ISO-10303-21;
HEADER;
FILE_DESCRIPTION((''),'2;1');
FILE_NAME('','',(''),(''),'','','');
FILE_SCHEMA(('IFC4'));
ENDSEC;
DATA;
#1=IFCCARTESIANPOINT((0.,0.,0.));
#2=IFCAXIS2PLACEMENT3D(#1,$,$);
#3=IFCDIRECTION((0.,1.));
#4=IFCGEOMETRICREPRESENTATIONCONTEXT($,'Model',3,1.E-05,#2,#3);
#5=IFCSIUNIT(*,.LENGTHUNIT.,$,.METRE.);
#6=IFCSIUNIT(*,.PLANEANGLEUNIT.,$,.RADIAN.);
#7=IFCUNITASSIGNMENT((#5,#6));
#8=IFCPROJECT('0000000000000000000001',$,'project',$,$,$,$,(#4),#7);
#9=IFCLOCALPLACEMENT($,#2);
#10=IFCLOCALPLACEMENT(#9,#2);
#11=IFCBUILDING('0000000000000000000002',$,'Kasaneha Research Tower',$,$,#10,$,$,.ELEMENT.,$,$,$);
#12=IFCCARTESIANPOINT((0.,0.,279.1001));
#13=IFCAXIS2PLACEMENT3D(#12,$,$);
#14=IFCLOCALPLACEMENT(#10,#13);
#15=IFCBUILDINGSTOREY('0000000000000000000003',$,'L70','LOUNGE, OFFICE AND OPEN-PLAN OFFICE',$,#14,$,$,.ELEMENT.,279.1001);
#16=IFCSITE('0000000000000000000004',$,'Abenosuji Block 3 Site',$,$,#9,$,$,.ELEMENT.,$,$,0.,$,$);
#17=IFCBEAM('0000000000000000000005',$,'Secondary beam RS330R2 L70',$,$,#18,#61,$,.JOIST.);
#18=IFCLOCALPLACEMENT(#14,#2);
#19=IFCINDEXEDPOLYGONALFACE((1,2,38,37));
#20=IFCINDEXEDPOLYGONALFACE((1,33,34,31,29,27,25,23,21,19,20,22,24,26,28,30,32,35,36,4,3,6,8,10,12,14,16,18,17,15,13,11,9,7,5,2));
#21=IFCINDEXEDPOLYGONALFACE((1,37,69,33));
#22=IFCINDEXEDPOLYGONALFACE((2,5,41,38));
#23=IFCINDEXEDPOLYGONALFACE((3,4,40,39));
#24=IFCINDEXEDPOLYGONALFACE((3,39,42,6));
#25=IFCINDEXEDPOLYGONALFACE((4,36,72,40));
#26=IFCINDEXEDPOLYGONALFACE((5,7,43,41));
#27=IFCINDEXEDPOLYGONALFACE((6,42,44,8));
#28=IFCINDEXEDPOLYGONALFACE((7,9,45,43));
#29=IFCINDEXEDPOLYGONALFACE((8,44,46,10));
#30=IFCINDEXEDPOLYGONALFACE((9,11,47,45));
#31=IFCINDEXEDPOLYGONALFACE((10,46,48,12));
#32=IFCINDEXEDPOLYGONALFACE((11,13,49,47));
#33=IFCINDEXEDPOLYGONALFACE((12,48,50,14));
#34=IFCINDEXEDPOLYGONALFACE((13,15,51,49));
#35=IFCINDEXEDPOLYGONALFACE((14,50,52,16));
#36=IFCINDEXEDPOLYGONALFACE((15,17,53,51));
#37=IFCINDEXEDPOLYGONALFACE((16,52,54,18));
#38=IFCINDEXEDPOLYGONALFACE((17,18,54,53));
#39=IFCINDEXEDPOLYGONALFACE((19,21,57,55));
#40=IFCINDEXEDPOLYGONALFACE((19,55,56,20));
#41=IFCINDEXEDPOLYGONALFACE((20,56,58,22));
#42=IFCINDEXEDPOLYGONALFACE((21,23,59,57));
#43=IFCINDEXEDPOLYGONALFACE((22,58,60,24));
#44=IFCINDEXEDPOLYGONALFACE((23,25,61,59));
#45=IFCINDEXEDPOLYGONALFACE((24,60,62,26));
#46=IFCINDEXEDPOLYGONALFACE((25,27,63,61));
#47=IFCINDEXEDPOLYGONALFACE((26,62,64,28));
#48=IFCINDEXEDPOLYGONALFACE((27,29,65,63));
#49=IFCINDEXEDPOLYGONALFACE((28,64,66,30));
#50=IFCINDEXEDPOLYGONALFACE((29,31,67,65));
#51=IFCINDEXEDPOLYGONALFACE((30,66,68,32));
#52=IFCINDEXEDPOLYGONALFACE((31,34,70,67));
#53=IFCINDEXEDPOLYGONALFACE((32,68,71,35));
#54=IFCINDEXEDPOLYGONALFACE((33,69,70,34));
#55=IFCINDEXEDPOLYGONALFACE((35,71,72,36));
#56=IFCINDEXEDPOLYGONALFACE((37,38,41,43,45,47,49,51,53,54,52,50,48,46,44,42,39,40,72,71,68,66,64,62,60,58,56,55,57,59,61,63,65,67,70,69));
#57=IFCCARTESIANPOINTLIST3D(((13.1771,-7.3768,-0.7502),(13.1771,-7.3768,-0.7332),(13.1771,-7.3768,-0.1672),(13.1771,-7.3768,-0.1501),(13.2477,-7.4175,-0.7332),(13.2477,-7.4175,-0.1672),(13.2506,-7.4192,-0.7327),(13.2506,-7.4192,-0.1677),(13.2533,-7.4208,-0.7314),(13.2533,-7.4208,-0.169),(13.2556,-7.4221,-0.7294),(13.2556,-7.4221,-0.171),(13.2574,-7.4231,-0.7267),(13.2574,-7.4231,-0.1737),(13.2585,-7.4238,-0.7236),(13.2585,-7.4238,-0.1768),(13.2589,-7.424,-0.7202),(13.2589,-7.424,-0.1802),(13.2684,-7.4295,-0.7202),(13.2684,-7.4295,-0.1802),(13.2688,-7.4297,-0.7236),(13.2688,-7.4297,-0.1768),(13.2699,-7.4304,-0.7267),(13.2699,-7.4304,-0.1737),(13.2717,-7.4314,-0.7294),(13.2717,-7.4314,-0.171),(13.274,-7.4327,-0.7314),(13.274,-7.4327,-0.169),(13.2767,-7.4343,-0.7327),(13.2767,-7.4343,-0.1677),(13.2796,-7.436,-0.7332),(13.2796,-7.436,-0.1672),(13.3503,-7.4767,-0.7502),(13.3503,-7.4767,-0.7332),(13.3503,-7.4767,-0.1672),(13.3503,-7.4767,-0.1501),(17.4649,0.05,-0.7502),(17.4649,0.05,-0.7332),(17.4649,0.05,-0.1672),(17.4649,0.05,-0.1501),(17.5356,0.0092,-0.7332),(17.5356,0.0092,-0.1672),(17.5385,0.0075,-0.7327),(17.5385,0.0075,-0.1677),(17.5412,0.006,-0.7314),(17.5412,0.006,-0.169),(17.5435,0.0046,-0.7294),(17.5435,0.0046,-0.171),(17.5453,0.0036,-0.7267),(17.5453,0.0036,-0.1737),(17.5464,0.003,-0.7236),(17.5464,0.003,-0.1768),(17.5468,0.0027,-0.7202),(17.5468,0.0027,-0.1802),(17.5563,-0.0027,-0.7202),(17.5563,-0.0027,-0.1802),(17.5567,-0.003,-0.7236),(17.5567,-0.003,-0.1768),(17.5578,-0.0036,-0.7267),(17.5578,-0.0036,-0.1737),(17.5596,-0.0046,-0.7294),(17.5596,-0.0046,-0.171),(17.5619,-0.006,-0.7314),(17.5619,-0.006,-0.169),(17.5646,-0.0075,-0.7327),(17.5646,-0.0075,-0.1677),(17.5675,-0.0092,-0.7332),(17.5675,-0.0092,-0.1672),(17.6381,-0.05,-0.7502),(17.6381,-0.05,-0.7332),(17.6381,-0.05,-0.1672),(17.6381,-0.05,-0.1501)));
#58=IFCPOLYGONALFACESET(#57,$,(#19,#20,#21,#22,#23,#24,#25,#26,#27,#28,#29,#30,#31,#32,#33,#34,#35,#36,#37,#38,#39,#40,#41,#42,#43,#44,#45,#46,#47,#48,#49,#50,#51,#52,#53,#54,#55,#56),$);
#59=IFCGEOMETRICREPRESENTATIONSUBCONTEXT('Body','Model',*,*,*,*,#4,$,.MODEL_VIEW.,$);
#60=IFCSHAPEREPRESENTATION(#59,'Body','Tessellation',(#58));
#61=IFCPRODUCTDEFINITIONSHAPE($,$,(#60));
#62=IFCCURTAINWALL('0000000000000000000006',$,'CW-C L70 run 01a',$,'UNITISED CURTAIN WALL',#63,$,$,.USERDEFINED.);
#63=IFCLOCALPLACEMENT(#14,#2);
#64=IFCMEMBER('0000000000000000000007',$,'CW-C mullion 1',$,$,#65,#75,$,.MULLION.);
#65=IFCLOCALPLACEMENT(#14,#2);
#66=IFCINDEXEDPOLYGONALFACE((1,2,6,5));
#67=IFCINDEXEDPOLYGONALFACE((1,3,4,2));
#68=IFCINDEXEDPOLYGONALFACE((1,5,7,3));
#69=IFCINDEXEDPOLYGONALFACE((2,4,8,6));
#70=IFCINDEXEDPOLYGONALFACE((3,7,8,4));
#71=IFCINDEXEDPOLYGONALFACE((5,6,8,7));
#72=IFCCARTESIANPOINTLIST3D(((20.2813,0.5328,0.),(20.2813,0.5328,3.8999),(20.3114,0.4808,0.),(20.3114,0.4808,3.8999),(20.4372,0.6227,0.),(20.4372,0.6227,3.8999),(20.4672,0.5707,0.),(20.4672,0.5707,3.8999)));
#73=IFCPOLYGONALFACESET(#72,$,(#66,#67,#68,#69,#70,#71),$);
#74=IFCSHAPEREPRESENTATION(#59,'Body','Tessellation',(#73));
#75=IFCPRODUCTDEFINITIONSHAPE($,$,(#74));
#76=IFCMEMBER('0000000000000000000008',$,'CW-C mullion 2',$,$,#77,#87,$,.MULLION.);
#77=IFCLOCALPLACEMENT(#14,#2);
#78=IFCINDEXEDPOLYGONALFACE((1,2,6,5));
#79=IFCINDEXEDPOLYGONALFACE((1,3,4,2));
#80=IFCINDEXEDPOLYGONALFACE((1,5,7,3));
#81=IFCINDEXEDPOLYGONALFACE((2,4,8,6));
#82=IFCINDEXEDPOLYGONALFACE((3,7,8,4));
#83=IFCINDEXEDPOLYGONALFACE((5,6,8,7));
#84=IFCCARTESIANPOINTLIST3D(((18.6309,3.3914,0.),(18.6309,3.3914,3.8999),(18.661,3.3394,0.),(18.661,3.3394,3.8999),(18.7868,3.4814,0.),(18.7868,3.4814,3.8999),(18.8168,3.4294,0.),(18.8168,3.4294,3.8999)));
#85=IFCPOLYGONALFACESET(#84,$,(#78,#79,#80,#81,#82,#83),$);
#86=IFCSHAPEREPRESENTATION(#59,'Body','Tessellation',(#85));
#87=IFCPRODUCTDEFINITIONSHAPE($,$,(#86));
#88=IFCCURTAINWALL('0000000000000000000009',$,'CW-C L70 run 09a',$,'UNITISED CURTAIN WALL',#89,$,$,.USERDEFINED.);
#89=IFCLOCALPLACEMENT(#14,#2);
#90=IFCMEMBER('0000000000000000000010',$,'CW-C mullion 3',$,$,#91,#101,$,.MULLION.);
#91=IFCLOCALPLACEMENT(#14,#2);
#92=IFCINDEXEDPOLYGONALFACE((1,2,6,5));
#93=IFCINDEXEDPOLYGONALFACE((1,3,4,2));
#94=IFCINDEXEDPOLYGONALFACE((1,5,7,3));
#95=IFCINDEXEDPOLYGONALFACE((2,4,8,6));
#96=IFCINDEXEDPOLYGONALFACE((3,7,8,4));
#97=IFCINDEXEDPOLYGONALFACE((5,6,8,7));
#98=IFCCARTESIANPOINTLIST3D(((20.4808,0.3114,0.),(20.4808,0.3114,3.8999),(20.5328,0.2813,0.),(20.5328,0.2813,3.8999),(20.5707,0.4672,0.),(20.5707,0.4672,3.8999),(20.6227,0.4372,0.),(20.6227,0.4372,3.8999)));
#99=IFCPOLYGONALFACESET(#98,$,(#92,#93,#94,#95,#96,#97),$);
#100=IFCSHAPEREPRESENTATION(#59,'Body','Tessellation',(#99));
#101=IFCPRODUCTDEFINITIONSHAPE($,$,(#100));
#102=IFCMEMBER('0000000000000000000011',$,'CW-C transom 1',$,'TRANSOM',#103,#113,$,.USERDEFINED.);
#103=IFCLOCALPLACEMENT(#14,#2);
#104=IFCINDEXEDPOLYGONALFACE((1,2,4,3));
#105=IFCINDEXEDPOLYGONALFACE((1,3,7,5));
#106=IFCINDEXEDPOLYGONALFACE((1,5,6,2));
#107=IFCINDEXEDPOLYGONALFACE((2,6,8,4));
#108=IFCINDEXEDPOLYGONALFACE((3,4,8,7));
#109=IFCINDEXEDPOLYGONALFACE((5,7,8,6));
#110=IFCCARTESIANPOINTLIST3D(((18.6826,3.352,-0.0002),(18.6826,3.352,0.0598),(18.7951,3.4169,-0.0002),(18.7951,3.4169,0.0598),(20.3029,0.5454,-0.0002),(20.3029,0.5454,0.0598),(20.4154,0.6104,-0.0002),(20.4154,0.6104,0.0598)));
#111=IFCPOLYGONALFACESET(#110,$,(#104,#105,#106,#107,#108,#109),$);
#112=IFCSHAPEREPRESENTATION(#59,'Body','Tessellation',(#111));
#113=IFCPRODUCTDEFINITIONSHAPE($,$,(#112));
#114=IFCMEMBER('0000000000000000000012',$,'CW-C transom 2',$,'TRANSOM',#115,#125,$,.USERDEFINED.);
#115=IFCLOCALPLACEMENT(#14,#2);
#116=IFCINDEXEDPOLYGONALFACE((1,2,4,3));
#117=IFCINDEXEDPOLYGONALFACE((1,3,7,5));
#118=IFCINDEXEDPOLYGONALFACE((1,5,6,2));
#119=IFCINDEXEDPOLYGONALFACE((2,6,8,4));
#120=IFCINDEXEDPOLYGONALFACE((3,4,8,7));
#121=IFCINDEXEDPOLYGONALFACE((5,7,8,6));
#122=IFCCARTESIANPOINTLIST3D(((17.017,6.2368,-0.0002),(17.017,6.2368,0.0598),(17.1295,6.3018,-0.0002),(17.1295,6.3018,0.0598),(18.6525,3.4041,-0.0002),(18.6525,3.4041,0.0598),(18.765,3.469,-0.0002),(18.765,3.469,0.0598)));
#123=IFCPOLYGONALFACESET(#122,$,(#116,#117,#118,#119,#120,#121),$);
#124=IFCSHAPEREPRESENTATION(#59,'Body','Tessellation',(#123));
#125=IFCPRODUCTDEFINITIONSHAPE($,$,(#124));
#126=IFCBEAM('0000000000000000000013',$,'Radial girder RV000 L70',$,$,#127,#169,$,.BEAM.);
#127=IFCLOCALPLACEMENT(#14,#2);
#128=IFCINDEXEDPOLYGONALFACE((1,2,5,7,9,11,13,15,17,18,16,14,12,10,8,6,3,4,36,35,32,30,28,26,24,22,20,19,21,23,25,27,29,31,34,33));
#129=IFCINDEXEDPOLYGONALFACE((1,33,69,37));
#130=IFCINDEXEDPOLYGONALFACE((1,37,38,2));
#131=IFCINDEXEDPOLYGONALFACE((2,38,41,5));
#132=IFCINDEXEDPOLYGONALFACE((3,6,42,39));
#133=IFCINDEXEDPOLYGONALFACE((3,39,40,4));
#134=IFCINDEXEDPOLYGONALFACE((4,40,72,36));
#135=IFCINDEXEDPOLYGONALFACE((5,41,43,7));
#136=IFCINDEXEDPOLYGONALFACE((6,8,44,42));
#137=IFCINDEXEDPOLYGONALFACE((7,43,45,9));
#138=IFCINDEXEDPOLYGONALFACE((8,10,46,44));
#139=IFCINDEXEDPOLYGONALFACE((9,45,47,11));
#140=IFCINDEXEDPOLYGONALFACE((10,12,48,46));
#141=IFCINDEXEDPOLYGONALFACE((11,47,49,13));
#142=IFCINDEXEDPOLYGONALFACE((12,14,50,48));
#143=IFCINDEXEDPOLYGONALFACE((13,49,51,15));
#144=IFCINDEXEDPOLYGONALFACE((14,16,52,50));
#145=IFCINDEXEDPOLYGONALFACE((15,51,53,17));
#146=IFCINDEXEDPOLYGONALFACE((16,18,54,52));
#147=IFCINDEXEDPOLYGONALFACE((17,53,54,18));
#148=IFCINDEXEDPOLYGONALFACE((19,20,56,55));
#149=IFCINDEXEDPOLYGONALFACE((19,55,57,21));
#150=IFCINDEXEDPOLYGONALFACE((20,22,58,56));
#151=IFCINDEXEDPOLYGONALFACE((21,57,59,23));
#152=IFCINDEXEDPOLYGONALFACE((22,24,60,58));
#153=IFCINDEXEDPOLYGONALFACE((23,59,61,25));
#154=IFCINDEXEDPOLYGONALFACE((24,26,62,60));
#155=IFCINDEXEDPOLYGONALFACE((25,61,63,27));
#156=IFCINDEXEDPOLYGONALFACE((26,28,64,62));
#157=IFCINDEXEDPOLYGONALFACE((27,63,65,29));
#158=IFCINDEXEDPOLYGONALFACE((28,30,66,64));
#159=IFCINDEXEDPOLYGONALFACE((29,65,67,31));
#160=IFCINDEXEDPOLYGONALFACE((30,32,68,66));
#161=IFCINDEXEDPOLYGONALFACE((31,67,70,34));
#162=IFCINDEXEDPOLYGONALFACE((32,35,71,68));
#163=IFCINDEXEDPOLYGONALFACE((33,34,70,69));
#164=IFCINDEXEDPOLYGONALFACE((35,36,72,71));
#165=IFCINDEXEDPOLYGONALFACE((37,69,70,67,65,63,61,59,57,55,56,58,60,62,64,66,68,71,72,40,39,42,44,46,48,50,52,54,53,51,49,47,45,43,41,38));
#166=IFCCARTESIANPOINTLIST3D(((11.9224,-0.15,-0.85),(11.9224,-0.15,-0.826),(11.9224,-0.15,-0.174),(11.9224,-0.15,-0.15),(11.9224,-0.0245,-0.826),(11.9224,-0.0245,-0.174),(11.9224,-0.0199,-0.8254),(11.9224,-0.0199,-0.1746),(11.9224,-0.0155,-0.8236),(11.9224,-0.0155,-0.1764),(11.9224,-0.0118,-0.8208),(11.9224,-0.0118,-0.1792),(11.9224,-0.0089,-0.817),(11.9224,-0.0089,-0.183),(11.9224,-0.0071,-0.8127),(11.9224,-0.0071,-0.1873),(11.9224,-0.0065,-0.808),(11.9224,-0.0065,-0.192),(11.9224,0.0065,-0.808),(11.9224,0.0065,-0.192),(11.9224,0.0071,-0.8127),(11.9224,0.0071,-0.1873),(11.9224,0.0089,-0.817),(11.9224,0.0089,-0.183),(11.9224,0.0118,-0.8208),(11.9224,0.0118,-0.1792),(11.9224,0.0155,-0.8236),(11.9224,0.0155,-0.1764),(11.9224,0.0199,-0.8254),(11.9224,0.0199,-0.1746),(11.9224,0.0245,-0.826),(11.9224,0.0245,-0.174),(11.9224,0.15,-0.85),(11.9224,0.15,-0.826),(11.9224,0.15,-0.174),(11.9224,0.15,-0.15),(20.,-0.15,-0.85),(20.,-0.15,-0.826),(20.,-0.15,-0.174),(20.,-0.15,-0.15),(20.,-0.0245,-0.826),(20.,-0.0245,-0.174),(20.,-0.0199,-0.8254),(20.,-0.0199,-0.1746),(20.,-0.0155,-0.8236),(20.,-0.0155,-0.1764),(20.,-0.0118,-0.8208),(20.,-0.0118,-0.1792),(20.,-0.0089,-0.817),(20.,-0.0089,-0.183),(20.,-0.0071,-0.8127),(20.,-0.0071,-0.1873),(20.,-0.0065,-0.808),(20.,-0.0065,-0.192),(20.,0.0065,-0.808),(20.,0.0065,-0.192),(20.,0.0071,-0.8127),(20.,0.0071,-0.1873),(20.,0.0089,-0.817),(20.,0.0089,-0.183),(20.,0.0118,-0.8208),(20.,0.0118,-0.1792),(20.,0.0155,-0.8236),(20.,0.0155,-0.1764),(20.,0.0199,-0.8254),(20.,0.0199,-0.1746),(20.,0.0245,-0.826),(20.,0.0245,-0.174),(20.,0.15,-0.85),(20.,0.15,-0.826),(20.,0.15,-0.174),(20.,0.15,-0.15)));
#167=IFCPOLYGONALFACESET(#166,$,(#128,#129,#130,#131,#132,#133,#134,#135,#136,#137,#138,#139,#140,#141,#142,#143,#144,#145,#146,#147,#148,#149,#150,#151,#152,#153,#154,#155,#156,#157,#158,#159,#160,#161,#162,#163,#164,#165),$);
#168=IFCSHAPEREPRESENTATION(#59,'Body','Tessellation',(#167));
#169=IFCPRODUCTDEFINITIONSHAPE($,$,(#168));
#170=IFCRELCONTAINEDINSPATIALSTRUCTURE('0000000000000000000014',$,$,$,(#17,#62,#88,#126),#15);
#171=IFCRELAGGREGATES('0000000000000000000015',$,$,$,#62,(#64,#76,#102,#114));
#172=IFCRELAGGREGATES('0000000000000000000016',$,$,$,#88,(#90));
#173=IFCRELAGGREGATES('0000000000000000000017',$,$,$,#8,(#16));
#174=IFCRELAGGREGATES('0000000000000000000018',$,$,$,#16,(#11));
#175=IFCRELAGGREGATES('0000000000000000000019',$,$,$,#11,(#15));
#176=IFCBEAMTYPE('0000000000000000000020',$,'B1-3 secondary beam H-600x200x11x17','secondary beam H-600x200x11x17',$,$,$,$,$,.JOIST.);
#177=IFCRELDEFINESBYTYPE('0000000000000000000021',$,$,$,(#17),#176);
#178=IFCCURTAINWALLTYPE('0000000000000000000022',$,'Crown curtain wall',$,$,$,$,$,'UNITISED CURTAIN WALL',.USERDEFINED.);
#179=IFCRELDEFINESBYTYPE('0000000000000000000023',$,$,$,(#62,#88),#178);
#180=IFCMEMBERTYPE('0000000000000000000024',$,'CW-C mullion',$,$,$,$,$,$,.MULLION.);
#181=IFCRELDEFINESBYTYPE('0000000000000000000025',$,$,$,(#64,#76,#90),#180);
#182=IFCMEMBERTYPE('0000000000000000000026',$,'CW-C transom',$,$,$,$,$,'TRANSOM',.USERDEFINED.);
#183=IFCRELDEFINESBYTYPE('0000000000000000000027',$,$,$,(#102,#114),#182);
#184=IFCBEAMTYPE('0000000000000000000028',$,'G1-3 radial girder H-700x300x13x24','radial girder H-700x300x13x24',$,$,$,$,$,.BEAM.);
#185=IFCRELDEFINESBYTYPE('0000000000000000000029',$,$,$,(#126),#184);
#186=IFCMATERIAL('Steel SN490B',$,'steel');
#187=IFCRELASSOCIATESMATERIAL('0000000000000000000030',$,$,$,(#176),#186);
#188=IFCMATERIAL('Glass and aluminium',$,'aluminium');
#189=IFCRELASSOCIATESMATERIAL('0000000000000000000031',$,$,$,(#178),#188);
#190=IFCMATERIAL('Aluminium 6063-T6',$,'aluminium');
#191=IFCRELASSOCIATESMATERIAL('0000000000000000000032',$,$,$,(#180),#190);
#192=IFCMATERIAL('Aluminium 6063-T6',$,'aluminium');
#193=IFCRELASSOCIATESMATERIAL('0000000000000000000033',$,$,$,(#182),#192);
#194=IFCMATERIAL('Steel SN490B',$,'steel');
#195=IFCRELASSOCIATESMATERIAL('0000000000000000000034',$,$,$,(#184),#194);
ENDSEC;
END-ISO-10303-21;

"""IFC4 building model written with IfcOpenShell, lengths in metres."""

from ifc_helpers import new_model, si_unit, direction, frame, origin, origin_2d, place, context, subcontext, project, spatial, rectangle, i_section, extrude, material, material_profile, profile_set, type_object, element, aggregate, save


model = new_model("IFC4")

# Units and contexts
model_context = context("Model", 3, precision=1e-05, world=origin(), true_north=direction((0.0, 1.0)))
body_context = subcontext(model_context, "Body", "Model", "MODEL_VIEW")
ifc_project = project(units=[si_unit("LENGTHUNIT", "METRE"), si_unit("PLANEANGLEUNIT", "RADIAN")], contexts=[model_context])

# Site, building, storey
site_placement = place(None, origin())
site = spatial("IfcSite", under=ifc_project, at=site_placement, Name="Abenosuji Block 3 Site", CompositionType="ELEMENT", RefElevation=0.0)
building_placement = place(site_placement, origin())
building = spatial("IfcBuilding", under=site, at=building_placement, Name="Kasaneha Research Tower", CompositionType="ELEMENT")
storey_placement = place(building_placement, frame((0.0, 0.0, 279.1001)))
storey = spatial("IfcBuildingStorey", under=building, at=storey_placement, Name="L70", Description="LOUNGE, OFFICE AND OPEN-PLAN OFFICE", CompositionType="ELEMENT", Elevation=279.1001)

# Beam
ifc_material_1 = material(Name="Steel SN490B", Category="steel")
ifc_material_profile_1 = material_profile(ifc_material_1, i_section(OverallWidth=0.2, OverallDepth=0.6001, WebThickness=0.011, FlangeThickness=0.0171, FilletRadius=0.0129, at=origin_2d()), Name="H-600x200x11x17")
ifc_profile_set_1 = profile_set([ifc_material_profile_1], Name="Steel SN490B")
beam_type_1 = type_object("IfcBeamType", Name="B1-3 secondary beam H-600x200x11x17", Description="secondary beam H-600x200x11x17", PredefinedType="JOIST", material=ifc_profile_set_1)
beam_1_placement = place(storey_placement, frame((17.5515, 0.0, -0.4502), z_axis=(-0.5, -0.866025, 0.0), x_axis=(0.866025, -0.5, 0.0)))
element("IfcBeam", 1, at=beam_1_placement, inside=storey, type_object=beam_type_1, Name="Secondary beam RS330R2 L70", PredefinedType="JOIST", context=body_context, shape_type="SweptSolid", body=[
    extrude(i_section(OverallWidth=0.2, OverallDepth=0.6001, WebThickness=0.011, FlangeThickness=0.0171, FilletRadius=0.0129, at=origin_2d()), origin(), (0.0, 0.0, 1.0), 8.5757),
])

# Curtain wall, members
ifc_material_2 = material(Name="Glass and aluminium", Category="aluminium")
curtain_wall_type = type_object("IfcCurtainWallType", Name="Crown curtain wall", ElementType="UNITISED CURTAIN WALL", PredefinedType="USERDEFINED", material=ifc_material_2)
curtain_wall_1_placement = place(storey_placement, origin())
curtain_wall_1 = element("IfcCurtainWall", 2, at=curtain_wall_1_placement, inside=storey, type_object=curtain_wall_type, Name="CW-C L70 run 01a", ObjectType="UNITISED CURTAIN WALL", PredefinedType="USERDEFINED")
ifc_material_3 = material(Name="Aluminium 6063-T6", Category="aluminium")
ifc_material_profile_2 = material_profile(ifc_material_3, rectangle(XDim=0.0601, YDim=0.1799, at=origin_2d()), Name="CW-C mullion 60x180")
ifc_profile_set_2 = profile_set([ifc_material_profile_2], Name="Aluminium 6063-T6")
member_type_1 = type_object("IfcMemberType", Name="CW-C mullion", PredefinedType="MULLION", material=ifc_profile_set_2)
member_1_placement = place(storey_placement, frame((20.3743, 0.5518, 0.0), z_axis=(0.0, 0.0, 1.0), x_axis=(-0.5, 0.866025, 0.0)))
member_1 = element("IfcMember", 3, at=member_1_placement, type_object=member_type_1, Name="CW-C mullion 1", PredefinedType="MULLION", context=body_context, shape_type="SweptSolid", body=[
    extrude(rectangle(XDim=0.0601, YDim=0.1799, at=origin_2d()), origin(), (0.0, 0.0, 1.0), 3.8999),
])
member_2_placement = place(storey_placement, frame((18.7239, 3.4104, 0.0), z_axis=(0.0, 0.0, 1.0), x_axis=(-0.5, 0.866025, 0.0)))
member_2 = element("IfcMember", 4, at=member_2_placement, type_object=member_type_1, Name="CW-C mullion 2", PredefinedType="MULLION", context=body_context, shape_type="SweptSolid", body=[
    extrude(rectangle(XDim=0.0601, YDim=0.1799, at=origin_2d()), origin(), (0.0, 0.0, 1.0), 3.8999),
])

# Curtain wall, member
curtain_wall_2_placement = place(storey_placement, origin())
curtain_wall_2 = element("IfcCurtainWall", 5, at=curtain_wall_2_placement, inside=storey, type_object=curtain_wall_type, Name="CW-C L70 run 09a", ObjectType="UNITISED CURTAIN WALL", PredefinedType="USERDEFINED")
member_3_placement = place(storey_placement, frame((20.5518, 0.3743, 0.0), z_axis=(0.0, 0.0, 1.0), x_axis=(-0.866025, 0.5, 0.0)))
member_3 = element("IfcMember", 6, at=member_3_placement, type_object=member_type_1, Name="CW-C mullion 3", PredefinedType="MULLION", context=body_context, shape_type="SweptSolid", body=[
    extrude(rectangle(XDim=0.0601, YDim=0.1799, at=origin_2d()), origin(), (0.0, 0.0, 1.0), 3.8999),
])

# Members
ifc_material_4 = material(Name="Aluminium 6063-T6", Category="aluminium")
ifc_material_profile_3 = material_profile(ifc_material_4, rectangle(XDim=0.1299, YDim=0.0601, at=origin_2d()), Name="CW-C transom 130x60")
ifc_profile_set_3 = profile_set([ifc_material_profile_3], Name="Aluminium 6063-T6")
member_type_2 = type_object("IfcMemberType", Name="CW-C transom", ElementType="TRANSOM", PredefinedType="USERDEFINED", material=ifc_profile_set_3)
member_4_placement = place(storey_placement, frame((20.3591, 0.5779, 0.0298), z_axis=(-0.499988, 0.866033, 0.0), x_axis=(-0.866033, -0.499988, 0.0)))
member_4 = element("IfcMember", 7, at=member_4_placement, type_object=member_type_2, Name="CW-C transom 1", ObjectType="TRANSOM", PredefinedType="USERDEFINED", context=body_context, shape_type="SweptSolid", body=[
    extrude(rectangle(XDim=0.1299, YDim=0.0601, at=origin_2d()), origin(), (0.0, 0.0, 1.0), 3.2407),
])
member_5_placement = place(storey_placement, frame((18.7087, 3.4365, 0.0298), z_axis=(-0.5, 0.866025, 0.0), x_axis=(-0.866025, -0.5, 0.0)))
member_5 = element("IfcMember", 8, at=member_5_placement, type_object=member_type_2, Name="CW-C transom 2", ObjectType="TRANSOM", PredefinedType="USERDEFINED", context=body_context, shape_type="SweptSolid", body=[
    extrude(rectangle(XDim=0.1299, YDim=0.0601, at=origin_2d()), origin(), (0.0, 0.0, 1.0), 3.271),
])

# Beam
ifc_material_5 = material(Name="Steel SN490B", Category="steel")
ifc_material_profile_4 = material_profile(ifc_material_5, i_section(OverallWidth=0.3, OverallDepth=0.7, WebThickness=0.0129, FlangeThickness=0.0239, FilletRadius=0.0181, at=origin_2d()), Name="H-700x300x13x24")
ifc_profile_set_4 = profile_set([ifc_material_profile_4], Name="Steel SN490B")
beam_type_2 = type_object("IfcBeamType", Name="G1-3 radial girder H-700x300x13x24", Description="radial girder H-700x300x13x24", PredefinedType="BEAM", material=ifc_profile_set_4)
beam_2_placement = place(storey_placement, frame((11.9224, 0.0, -0.5), z_axis=(1.0, 0.0, 0.0), x_axis=(0.0, 1.0, 0.0)))
element("IfcBeam", 9, at=beam_2_placement, inside=storey, type_object=beam_type_2, Name="Radial girder RV000 L70", PredefinedType="BEAM", context=body_context, shape_type="SweptSolid", body=[
    extrude(i_section(OverallWidth=0.3, OverallDepth=0.7, WebThickness=0.0129, FlangeThickness=0.0239, FilletRadius=0.0181, at=origin_2d()), origin(), (0.0, 0.0, 1.0), 8.0776),
])

aggregate(curtain_wall_1, [member_1, member_2, member_4, member_5])
aggregate(curtain_wall_2, [member_3])

save(model, "model.ifc")
